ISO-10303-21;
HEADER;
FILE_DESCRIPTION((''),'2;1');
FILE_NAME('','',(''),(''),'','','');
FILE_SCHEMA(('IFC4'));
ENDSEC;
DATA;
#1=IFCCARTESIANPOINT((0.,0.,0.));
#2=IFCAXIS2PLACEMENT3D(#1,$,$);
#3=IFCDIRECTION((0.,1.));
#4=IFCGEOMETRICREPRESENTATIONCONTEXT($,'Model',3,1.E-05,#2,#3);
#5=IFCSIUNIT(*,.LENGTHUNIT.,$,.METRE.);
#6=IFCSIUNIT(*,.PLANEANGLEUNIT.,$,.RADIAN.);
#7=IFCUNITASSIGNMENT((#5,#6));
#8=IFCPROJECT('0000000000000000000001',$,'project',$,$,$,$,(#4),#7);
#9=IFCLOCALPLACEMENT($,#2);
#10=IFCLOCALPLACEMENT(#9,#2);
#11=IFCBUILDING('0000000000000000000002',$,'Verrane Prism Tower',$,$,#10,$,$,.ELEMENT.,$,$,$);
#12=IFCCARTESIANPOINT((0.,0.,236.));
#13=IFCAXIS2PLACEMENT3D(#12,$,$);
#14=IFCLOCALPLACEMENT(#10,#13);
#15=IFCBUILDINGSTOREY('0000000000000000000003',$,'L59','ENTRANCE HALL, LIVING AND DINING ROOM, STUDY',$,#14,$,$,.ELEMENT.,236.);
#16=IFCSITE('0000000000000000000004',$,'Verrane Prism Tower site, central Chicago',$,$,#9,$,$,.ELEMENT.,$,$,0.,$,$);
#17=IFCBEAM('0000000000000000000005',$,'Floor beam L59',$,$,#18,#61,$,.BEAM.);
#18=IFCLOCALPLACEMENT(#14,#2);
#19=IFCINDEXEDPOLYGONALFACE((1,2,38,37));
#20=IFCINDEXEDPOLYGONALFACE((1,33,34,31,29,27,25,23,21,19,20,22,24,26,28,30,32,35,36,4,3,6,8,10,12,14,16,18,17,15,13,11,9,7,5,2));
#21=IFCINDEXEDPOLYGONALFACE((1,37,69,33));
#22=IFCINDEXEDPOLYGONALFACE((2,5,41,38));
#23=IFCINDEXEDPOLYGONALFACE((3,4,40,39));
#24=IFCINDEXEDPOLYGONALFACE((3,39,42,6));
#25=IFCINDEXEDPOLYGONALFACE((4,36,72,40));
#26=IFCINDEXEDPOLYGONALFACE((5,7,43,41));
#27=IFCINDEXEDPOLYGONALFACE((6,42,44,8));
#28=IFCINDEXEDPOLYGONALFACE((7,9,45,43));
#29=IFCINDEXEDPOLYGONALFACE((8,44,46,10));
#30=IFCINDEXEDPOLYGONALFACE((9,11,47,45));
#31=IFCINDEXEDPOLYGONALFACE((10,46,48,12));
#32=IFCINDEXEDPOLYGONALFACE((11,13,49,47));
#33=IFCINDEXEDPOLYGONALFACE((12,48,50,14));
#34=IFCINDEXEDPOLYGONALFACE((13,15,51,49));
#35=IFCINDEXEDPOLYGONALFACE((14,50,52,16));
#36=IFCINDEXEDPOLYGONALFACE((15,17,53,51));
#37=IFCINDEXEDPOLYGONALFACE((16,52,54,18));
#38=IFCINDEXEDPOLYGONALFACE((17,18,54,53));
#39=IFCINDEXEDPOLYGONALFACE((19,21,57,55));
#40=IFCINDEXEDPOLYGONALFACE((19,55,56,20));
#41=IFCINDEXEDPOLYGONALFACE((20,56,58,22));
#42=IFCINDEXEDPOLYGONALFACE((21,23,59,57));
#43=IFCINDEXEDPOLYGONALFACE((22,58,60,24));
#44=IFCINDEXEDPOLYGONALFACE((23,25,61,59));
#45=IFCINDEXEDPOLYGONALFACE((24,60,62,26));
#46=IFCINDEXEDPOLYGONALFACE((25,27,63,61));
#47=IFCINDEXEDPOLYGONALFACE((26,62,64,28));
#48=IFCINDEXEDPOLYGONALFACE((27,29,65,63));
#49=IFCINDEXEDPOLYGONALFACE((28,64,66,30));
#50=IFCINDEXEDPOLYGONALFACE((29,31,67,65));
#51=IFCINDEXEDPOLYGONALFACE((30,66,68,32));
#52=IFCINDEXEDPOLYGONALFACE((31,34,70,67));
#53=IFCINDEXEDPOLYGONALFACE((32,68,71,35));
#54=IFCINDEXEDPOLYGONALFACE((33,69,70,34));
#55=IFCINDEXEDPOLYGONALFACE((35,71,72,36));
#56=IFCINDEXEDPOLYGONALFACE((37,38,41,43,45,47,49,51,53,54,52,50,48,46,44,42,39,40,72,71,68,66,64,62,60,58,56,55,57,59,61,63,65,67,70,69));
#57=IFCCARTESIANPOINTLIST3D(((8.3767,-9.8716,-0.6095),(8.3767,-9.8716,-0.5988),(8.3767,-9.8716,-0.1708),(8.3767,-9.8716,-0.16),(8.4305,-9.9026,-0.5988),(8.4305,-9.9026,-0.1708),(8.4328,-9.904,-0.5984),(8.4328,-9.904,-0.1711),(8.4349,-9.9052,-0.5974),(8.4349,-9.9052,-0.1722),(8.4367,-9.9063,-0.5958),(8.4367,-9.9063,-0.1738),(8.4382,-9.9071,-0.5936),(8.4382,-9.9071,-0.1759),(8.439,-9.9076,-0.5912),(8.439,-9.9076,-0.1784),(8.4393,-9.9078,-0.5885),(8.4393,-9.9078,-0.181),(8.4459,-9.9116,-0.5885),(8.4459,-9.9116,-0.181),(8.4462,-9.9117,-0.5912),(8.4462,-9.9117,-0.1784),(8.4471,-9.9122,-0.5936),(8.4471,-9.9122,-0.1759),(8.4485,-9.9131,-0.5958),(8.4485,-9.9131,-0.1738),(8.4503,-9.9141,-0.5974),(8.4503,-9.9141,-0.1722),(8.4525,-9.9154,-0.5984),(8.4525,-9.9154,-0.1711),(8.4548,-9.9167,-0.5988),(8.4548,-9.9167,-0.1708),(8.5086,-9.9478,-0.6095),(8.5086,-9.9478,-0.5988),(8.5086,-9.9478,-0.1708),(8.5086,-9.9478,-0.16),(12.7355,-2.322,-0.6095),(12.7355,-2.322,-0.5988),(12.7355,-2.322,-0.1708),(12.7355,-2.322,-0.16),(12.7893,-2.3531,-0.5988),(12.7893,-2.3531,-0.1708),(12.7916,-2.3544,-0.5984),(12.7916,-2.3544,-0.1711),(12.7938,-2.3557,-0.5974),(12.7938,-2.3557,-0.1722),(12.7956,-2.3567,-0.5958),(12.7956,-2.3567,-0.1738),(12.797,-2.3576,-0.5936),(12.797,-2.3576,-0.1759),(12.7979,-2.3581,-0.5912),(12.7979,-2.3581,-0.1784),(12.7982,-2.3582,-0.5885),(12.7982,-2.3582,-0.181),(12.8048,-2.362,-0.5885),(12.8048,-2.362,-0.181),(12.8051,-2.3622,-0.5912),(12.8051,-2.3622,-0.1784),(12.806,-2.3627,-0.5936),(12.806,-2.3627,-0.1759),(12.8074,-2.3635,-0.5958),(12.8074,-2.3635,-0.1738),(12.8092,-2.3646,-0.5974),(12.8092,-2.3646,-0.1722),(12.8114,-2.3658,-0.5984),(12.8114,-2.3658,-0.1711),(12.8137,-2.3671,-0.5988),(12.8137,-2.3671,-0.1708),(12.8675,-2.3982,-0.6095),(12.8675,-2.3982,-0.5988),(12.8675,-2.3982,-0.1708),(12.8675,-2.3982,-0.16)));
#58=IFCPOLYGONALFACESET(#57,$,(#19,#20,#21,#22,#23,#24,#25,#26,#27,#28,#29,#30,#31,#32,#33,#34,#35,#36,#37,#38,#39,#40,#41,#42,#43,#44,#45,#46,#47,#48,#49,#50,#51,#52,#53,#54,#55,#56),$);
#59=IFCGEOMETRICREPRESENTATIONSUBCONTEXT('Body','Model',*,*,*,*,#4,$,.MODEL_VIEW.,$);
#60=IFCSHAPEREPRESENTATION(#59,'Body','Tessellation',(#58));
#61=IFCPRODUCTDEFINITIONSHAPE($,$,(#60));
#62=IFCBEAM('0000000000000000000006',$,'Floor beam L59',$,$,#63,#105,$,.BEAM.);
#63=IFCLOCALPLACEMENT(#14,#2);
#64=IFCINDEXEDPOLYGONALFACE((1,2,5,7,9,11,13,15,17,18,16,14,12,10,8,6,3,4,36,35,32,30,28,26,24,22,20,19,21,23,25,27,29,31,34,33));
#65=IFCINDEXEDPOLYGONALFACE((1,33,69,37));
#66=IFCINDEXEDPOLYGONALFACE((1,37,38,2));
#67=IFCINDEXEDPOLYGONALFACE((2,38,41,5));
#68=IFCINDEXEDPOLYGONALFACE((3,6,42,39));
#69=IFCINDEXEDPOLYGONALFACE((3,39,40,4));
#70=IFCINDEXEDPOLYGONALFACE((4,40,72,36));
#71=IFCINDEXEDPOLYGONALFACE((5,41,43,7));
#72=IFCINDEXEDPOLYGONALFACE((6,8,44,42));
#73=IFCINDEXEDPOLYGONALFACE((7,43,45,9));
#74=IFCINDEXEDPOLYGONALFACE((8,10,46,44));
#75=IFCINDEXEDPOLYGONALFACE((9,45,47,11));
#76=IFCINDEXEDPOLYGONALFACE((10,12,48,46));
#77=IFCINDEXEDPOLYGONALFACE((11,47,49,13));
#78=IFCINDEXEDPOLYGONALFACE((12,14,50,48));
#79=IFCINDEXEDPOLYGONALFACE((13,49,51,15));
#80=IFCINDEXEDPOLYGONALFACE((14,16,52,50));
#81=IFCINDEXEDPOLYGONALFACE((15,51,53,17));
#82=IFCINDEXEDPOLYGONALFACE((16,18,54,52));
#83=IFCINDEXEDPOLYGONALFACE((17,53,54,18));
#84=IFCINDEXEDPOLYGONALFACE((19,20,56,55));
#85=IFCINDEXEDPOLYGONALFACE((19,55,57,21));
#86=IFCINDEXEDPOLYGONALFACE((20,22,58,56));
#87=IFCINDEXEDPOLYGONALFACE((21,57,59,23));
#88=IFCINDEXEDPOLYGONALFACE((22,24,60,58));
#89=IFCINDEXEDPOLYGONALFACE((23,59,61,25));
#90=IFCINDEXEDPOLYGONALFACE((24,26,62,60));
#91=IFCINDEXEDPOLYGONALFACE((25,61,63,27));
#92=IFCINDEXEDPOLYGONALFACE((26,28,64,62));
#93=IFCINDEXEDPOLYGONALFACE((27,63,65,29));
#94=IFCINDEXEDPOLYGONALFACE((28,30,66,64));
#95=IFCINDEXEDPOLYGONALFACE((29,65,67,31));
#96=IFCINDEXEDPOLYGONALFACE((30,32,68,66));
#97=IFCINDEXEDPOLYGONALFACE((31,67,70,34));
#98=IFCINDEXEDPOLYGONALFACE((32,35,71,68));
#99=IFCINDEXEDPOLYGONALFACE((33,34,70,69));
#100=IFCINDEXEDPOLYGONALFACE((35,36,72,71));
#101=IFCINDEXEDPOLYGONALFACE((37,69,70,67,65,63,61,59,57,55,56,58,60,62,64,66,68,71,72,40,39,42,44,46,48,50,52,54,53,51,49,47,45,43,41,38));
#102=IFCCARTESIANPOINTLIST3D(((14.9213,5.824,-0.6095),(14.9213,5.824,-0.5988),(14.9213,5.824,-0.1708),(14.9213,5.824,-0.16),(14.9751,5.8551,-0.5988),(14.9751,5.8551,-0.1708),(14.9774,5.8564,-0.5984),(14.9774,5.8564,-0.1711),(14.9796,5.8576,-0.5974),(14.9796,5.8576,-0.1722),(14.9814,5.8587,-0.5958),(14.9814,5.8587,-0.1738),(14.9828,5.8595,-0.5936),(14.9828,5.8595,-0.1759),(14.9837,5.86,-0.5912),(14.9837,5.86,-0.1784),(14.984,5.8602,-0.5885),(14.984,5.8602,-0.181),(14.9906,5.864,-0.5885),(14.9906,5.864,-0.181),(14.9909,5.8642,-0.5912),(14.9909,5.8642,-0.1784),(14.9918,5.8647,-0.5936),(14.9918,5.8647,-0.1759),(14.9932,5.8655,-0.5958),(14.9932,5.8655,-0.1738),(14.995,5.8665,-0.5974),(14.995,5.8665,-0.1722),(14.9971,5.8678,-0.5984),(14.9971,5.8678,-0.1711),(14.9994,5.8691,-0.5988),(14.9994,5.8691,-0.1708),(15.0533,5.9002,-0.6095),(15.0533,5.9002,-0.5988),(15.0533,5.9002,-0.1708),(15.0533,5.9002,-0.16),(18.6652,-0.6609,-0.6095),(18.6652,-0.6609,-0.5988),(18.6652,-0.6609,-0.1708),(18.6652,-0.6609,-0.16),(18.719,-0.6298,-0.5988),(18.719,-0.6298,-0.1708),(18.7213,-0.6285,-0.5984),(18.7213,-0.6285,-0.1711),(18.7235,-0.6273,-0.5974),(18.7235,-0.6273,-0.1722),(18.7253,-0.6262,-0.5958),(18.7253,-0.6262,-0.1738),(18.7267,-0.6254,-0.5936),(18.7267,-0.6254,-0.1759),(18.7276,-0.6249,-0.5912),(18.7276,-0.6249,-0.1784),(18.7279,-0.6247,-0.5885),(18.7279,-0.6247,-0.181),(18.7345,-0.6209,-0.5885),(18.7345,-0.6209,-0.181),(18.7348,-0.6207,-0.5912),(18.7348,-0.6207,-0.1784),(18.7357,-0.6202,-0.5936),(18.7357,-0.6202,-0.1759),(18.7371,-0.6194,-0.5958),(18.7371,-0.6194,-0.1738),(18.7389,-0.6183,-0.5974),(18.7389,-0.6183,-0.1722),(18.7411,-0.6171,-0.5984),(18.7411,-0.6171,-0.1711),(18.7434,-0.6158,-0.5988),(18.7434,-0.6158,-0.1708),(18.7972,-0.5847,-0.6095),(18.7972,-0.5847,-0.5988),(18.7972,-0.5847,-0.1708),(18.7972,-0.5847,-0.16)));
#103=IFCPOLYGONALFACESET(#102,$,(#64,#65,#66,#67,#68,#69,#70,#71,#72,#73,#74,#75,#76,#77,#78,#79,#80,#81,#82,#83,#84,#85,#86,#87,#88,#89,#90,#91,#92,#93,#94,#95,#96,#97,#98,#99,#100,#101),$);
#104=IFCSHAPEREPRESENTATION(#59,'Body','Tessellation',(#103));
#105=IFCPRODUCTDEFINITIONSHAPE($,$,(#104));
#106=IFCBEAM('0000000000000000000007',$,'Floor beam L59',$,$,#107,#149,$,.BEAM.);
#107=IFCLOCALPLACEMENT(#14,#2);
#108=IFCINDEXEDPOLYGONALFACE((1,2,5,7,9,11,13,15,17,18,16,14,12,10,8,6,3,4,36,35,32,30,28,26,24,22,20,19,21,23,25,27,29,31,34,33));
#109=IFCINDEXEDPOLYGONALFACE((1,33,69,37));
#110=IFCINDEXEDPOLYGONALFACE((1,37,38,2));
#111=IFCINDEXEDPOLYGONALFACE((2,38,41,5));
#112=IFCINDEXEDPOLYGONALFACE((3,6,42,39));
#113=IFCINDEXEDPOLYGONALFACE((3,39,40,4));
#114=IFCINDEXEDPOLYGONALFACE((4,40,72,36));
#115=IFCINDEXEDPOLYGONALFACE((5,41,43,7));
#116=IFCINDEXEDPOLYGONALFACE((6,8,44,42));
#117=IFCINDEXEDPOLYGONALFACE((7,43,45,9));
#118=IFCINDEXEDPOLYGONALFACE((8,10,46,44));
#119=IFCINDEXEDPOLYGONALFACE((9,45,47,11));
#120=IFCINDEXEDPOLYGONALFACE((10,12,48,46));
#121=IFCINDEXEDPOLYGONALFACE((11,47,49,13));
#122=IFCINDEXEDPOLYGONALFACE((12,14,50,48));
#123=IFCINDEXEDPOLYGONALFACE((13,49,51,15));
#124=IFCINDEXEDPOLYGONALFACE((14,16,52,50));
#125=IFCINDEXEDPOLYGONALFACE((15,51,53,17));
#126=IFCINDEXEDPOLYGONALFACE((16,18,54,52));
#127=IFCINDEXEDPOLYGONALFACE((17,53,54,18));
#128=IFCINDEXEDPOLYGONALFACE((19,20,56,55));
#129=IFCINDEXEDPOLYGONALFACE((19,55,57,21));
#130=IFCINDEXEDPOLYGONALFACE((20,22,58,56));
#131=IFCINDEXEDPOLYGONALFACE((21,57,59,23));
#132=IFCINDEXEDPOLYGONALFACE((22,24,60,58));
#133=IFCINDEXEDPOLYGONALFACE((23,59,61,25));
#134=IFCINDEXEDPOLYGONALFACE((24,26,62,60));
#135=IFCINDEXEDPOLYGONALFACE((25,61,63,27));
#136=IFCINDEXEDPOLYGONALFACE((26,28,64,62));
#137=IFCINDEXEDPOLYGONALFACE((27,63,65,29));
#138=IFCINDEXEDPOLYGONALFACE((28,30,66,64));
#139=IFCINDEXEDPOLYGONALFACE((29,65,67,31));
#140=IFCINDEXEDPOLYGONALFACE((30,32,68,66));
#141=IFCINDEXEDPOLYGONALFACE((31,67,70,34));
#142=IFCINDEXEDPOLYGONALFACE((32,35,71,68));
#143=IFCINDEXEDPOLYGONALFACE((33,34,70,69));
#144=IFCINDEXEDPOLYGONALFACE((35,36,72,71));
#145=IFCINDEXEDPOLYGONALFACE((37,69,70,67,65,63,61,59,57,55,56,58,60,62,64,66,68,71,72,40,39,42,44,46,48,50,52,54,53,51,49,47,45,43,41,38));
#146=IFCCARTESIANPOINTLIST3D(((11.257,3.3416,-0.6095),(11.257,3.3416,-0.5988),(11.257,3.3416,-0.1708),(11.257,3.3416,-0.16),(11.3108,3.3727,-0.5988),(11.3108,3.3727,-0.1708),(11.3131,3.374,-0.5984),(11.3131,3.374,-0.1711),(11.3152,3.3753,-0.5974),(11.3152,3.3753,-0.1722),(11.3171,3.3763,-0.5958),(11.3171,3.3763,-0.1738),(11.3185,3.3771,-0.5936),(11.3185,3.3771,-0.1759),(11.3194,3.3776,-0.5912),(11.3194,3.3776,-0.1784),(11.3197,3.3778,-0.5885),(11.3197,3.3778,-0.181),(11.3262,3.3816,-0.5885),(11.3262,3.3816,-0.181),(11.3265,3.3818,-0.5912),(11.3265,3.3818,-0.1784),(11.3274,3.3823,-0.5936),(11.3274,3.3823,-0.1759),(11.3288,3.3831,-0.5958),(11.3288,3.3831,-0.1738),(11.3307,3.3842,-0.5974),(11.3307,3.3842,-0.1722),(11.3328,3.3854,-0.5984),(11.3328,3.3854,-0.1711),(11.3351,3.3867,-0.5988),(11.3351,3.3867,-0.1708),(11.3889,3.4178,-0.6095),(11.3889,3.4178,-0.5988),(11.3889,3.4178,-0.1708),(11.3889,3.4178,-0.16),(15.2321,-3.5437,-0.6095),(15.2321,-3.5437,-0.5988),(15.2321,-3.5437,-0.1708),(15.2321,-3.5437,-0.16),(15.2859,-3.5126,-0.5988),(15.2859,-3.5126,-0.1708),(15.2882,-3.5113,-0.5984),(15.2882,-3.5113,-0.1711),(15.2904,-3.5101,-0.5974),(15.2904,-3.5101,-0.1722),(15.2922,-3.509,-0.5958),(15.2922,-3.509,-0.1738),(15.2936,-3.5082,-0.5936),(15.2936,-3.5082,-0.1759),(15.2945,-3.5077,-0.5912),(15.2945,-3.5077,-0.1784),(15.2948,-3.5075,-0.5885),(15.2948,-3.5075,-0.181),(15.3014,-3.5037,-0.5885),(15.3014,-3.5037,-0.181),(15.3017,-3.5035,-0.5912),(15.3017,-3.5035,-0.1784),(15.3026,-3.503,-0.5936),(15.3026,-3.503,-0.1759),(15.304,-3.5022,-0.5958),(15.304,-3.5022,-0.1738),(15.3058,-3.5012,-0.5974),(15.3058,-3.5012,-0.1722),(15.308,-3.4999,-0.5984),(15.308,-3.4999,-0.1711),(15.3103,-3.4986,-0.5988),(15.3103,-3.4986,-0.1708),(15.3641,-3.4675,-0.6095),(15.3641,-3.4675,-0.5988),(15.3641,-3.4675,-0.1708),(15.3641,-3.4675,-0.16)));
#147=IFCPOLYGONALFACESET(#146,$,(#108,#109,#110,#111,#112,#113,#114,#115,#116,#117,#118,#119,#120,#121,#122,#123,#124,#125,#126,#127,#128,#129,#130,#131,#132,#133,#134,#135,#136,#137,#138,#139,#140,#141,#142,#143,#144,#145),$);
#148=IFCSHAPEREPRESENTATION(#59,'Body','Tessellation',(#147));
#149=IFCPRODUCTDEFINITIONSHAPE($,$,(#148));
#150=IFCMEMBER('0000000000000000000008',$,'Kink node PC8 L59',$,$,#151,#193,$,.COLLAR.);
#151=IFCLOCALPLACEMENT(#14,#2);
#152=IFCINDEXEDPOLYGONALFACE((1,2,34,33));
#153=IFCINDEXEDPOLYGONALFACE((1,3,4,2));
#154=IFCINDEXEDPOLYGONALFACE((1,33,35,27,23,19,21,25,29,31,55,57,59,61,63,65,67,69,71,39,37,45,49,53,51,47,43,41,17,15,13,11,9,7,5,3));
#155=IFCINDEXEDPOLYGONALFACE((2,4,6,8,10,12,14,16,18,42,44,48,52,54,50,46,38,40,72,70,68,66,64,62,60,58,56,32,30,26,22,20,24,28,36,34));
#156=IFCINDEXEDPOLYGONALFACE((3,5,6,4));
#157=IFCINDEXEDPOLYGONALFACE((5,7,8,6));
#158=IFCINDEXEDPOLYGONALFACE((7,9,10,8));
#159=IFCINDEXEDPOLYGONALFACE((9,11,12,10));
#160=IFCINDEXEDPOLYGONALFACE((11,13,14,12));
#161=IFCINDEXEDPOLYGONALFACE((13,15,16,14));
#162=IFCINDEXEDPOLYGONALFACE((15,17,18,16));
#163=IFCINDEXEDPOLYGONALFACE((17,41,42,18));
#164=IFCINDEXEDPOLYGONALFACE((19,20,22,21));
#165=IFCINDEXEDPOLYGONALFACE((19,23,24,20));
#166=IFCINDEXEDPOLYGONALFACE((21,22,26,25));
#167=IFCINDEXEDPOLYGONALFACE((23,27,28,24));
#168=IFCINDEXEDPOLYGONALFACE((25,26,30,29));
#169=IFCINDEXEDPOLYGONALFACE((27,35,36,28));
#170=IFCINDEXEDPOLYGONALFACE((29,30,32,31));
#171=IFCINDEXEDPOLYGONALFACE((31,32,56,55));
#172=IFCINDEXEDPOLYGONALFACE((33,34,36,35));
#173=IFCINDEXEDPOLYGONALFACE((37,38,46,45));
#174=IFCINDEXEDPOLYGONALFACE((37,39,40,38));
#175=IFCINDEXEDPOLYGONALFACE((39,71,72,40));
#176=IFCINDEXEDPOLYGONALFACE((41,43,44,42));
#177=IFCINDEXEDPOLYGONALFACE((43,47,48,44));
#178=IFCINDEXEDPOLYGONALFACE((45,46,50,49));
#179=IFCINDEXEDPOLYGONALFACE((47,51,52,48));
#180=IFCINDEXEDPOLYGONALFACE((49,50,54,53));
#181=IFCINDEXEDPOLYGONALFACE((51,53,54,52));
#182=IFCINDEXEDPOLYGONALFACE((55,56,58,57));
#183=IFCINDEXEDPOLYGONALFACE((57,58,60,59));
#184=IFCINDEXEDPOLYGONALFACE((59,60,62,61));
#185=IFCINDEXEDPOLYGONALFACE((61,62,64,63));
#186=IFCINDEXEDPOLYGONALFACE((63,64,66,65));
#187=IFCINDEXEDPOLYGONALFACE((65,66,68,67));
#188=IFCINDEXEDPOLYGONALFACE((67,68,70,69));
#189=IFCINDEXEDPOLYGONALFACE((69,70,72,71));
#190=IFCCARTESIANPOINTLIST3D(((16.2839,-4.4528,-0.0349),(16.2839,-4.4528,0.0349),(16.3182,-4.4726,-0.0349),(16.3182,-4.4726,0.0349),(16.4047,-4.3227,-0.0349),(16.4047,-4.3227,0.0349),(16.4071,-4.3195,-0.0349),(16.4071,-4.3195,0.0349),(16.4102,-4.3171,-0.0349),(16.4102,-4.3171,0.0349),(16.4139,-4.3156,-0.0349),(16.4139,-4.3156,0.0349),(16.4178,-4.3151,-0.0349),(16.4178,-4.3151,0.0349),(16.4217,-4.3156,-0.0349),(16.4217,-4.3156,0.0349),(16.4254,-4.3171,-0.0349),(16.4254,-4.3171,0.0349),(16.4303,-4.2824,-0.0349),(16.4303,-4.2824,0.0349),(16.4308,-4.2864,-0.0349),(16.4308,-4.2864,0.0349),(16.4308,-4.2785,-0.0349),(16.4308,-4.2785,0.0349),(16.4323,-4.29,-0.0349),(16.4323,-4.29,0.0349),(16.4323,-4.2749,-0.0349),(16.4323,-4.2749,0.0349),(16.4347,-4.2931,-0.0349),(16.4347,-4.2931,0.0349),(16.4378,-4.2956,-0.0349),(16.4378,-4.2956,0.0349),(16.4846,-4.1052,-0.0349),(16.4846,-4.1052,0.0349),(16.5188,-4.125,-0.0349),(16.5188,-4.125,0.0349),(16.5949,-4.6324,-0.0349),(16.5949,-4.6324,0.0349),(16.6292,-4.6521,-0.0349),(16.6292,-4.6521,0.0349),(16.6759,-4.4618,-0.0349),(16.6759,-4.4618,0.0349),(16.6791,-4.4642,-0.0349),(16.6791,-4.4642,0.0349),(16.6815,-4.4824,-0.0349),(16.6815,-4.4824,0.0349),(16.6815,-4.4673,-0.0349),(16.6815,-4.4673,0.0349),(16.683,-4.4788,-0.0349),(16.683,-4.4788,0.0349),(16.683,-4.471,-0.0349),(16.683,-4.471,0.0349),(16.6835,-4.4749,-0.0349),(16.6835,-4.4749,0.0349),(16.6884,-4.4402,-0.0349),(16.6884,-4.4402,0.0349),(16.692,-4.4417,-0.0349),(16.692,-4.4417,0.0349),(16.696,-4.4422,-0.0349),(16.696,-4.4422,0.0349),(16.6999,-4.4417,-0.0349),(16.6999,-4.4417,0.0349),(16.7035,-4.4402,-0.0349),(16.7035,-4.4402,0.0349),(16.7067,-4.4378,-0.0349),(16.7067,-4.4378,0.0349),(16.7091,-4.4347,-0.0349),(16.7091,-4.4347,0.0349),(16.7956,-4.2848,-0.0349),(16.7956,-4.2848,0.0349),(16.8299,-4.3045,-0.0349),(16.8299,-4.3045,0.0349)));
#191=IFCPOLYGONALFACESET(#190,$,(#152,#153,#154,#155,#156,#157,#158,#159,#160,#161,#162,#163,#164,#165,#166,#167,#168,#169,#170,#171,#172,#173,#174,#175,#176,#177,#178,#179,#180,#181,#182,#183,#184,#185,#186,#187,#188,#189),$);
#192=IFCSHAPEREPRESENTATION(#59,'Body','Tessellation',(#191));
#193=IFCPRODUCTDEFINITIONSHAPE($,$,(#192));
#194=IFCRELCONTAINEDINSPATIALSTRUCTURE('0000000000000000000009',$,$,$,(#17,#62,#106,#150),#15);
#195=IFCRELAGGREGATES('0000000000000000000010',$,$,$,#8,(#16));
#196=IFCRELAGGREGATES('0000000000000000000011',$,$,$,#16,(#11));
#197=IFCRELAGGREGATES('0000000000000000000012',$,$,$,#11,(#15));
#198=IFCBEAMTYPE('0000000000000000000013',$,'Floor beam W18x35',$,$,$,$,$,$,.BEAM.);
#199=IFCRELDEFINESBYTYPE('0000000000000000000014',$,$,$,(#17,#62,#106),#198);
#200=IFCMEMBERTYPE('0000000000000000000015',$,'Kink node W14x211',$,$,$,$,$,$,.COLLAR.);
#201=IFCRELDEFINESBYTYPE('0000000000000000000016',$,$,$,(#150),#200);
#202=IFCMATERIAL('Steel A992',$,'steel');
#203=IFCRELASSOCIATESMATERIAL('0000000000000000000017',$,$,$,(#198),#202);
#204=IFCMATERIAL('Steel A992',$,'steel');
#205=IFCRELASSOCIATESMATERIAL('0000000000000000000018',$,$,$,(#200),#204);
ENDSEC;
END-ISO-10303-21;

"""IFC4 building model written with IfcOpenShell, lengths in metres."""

from ifc_helpers import new_model, si_unit, direction, frame, origin, origin_2d, place, context, subcontext, project, spatial, i_section, extrude, material, material_profile, profile_set, type_object, element, save


model = new_model("IFC4")

# Units and contexts
model_context = context("Model", 3, precision=1e-05, world=origin(), true_north=direction((0.0, 1.0)))
body_context = subcontext(model_context, "Body", "Model", "MODEL_VIEW")
ifc_project = project(units=[si_unit("LENGTHUNIT", "METRE"), si_unit("PLANEANGLEUNIT", "RADIAN")], contexts=[model_context])

# Site, building, storey
site_placement = place(None, origin())
site = spatial("IfcSite", under=ifc_project, at=site_placement, Name="Verrane Prism Tower site, central Chicago", CompositionType="ELEMENT", RefElevation=0.0)
building_placement = place(site_placement, origin())
building = spatial("IfcBuilding", under=site, at=building_placement, Name="Verrane Prism Tower", CompositionType="ELEMENT")
storey_placement = place(building_placement, frame((0.0, 0.0, 236.0)))
storey = spatial("IfcBuildingStorey", under=building, at=storey_placement, Name="L59", Description="ENTRANCE HALL, LIVING AND DINING ROOM, STUDY", CompositionType="ELEMENT", Elevation=236.0)

# Beams
ifc_material_1 = material(Name="Steel A992", Category="steel")
ifc_material_profile_1 = material_profile(ifc_material_1, i_section(OverallWidth=0.1523, OverallDepth=0.4495, WebThickness=0.0076, FlangeThickness=0.0107, FilletRadius=0.0103, at=origin_2d()), Name="W18x35")
ifc_profile_set_1 = profile_set([ifc_material_profile_1], Name="Steel A992")
beam_type_1 = type_object("IfcBeamType", Name="Floor beam W18x35", PredefinedType="BEAM", material=ifc_profile_set_1)
beam_1_placement = place(storey_placement, frame((8.4426, -9.9097, -0.3848), z_axis=(0.500013, 0.866018, 0.0), x_axis=(-0.866018, 0.500013, 0.0)))
element("IfcBeam", 1, at=beam_1_placement, inside=storey, type_object=beam_type_1, Name="Floor beam L59", PredefinedType="BEAM", context=body_context, shape_type="SweptSolid", body=[
    extrude(i_section(OverallWidth=0.1523, OverallDepth=0.4495, WebThickness=0.0076, FlangeThickness=0.0107, FilletRadius=0.0103, at=origin_2d()), origin(), (0.0, 0.0, 1.0), 8.7175),
])
beam_2_placement = place(storey_placement, frame((18.7312, -0.6228, -0.3848), z_axis=(-0.499986, 0.866034, 0.0), x_axis=(-0.866034, -0.499986, 0.0)))
element("IfcBeam", 2, at=beam_2_placement, inside=storey, type_object=beam_type_1, Name="Floor beam L59", PredefinedType="BEAM", context=body_context, shape_type="SweptSolid", body=[
    extrude(i_section(OverallWidth=0.1523, OverallDepth=0.4495, WebThickness=0.0076, FlangeThickness=0.0107, FilletRadius=0.0103, at=origin_2d()), origin(), (0.0, 0.0, 1.0), 7.488),
])
beam_3_placement = place(storey_placement, frame((15.2981, -3.5056, -0.3848), z_axis=(-0.49999, 0.866031, 0.0), x_axis=(-0.866031, -0.49999, 0.0)))
element("IfcBeam", 3, at=beam_3_placement, inside=storey, type_object=beam_type_1, Name="Floor beam L59", PredefinedType="BEAM", context=body_context, shape_type="SweptSolid", body=[
    extrude(i_section(OverallWidth=0.1523, OverallDepth=0.4495, WebThickness=0.0076, FlangeThickness=0.0107, FilletRadius=0.0103, at=origin_2d()), origin(), (0.0, 0.0, 1.0), 7.9504),
])

# Member
ifc_material_2 = material(Name="Steel A992", Category="steel")
ifc_material_profile_2 = material_profile(ifc_material_2, i_section(OverallWidth=0.4014, OverallDepth=0.3987, WebThickness=0.0249, FlangeThickness=0.0396, FilletRadius=0.0151, at=origin_2d()), Name="W14x211")
ifc_profile_set_2 = profile_set([ifc_material_profile_2], Name="Steel A992")
member_type_1 = type_object("IfcMemberType", Name="Kink node W14x211", PredefinedType="COLLAR", material=ifc_profile_set_2)
member_1_placement = place(storey_placement, frame((16.5569, -4.3787, -0.0349), z_axis=(0.0, 0.0, 1.0), x_axis=(-0.5, -0.866025, 0.0)))
element("IfcMember", 4, at=member_1_placement, inside=storey, type_object=member_type_1, Name="Kink node PC8 L59", PredefinedType="COLLAR", context=body_context, shape_type="SweptSolid", body=[
    extrude(i_section(OverallWidth=0.4014, OverallDepth=0.3987, WebThickness=0.0249, FlangeThickness=0.0396, FilletRadius=0.0151, at=origin_2d()), origin(), (0.0, 0.0, 1.0), 0.0698),
])

save(model, "model.ifc")
